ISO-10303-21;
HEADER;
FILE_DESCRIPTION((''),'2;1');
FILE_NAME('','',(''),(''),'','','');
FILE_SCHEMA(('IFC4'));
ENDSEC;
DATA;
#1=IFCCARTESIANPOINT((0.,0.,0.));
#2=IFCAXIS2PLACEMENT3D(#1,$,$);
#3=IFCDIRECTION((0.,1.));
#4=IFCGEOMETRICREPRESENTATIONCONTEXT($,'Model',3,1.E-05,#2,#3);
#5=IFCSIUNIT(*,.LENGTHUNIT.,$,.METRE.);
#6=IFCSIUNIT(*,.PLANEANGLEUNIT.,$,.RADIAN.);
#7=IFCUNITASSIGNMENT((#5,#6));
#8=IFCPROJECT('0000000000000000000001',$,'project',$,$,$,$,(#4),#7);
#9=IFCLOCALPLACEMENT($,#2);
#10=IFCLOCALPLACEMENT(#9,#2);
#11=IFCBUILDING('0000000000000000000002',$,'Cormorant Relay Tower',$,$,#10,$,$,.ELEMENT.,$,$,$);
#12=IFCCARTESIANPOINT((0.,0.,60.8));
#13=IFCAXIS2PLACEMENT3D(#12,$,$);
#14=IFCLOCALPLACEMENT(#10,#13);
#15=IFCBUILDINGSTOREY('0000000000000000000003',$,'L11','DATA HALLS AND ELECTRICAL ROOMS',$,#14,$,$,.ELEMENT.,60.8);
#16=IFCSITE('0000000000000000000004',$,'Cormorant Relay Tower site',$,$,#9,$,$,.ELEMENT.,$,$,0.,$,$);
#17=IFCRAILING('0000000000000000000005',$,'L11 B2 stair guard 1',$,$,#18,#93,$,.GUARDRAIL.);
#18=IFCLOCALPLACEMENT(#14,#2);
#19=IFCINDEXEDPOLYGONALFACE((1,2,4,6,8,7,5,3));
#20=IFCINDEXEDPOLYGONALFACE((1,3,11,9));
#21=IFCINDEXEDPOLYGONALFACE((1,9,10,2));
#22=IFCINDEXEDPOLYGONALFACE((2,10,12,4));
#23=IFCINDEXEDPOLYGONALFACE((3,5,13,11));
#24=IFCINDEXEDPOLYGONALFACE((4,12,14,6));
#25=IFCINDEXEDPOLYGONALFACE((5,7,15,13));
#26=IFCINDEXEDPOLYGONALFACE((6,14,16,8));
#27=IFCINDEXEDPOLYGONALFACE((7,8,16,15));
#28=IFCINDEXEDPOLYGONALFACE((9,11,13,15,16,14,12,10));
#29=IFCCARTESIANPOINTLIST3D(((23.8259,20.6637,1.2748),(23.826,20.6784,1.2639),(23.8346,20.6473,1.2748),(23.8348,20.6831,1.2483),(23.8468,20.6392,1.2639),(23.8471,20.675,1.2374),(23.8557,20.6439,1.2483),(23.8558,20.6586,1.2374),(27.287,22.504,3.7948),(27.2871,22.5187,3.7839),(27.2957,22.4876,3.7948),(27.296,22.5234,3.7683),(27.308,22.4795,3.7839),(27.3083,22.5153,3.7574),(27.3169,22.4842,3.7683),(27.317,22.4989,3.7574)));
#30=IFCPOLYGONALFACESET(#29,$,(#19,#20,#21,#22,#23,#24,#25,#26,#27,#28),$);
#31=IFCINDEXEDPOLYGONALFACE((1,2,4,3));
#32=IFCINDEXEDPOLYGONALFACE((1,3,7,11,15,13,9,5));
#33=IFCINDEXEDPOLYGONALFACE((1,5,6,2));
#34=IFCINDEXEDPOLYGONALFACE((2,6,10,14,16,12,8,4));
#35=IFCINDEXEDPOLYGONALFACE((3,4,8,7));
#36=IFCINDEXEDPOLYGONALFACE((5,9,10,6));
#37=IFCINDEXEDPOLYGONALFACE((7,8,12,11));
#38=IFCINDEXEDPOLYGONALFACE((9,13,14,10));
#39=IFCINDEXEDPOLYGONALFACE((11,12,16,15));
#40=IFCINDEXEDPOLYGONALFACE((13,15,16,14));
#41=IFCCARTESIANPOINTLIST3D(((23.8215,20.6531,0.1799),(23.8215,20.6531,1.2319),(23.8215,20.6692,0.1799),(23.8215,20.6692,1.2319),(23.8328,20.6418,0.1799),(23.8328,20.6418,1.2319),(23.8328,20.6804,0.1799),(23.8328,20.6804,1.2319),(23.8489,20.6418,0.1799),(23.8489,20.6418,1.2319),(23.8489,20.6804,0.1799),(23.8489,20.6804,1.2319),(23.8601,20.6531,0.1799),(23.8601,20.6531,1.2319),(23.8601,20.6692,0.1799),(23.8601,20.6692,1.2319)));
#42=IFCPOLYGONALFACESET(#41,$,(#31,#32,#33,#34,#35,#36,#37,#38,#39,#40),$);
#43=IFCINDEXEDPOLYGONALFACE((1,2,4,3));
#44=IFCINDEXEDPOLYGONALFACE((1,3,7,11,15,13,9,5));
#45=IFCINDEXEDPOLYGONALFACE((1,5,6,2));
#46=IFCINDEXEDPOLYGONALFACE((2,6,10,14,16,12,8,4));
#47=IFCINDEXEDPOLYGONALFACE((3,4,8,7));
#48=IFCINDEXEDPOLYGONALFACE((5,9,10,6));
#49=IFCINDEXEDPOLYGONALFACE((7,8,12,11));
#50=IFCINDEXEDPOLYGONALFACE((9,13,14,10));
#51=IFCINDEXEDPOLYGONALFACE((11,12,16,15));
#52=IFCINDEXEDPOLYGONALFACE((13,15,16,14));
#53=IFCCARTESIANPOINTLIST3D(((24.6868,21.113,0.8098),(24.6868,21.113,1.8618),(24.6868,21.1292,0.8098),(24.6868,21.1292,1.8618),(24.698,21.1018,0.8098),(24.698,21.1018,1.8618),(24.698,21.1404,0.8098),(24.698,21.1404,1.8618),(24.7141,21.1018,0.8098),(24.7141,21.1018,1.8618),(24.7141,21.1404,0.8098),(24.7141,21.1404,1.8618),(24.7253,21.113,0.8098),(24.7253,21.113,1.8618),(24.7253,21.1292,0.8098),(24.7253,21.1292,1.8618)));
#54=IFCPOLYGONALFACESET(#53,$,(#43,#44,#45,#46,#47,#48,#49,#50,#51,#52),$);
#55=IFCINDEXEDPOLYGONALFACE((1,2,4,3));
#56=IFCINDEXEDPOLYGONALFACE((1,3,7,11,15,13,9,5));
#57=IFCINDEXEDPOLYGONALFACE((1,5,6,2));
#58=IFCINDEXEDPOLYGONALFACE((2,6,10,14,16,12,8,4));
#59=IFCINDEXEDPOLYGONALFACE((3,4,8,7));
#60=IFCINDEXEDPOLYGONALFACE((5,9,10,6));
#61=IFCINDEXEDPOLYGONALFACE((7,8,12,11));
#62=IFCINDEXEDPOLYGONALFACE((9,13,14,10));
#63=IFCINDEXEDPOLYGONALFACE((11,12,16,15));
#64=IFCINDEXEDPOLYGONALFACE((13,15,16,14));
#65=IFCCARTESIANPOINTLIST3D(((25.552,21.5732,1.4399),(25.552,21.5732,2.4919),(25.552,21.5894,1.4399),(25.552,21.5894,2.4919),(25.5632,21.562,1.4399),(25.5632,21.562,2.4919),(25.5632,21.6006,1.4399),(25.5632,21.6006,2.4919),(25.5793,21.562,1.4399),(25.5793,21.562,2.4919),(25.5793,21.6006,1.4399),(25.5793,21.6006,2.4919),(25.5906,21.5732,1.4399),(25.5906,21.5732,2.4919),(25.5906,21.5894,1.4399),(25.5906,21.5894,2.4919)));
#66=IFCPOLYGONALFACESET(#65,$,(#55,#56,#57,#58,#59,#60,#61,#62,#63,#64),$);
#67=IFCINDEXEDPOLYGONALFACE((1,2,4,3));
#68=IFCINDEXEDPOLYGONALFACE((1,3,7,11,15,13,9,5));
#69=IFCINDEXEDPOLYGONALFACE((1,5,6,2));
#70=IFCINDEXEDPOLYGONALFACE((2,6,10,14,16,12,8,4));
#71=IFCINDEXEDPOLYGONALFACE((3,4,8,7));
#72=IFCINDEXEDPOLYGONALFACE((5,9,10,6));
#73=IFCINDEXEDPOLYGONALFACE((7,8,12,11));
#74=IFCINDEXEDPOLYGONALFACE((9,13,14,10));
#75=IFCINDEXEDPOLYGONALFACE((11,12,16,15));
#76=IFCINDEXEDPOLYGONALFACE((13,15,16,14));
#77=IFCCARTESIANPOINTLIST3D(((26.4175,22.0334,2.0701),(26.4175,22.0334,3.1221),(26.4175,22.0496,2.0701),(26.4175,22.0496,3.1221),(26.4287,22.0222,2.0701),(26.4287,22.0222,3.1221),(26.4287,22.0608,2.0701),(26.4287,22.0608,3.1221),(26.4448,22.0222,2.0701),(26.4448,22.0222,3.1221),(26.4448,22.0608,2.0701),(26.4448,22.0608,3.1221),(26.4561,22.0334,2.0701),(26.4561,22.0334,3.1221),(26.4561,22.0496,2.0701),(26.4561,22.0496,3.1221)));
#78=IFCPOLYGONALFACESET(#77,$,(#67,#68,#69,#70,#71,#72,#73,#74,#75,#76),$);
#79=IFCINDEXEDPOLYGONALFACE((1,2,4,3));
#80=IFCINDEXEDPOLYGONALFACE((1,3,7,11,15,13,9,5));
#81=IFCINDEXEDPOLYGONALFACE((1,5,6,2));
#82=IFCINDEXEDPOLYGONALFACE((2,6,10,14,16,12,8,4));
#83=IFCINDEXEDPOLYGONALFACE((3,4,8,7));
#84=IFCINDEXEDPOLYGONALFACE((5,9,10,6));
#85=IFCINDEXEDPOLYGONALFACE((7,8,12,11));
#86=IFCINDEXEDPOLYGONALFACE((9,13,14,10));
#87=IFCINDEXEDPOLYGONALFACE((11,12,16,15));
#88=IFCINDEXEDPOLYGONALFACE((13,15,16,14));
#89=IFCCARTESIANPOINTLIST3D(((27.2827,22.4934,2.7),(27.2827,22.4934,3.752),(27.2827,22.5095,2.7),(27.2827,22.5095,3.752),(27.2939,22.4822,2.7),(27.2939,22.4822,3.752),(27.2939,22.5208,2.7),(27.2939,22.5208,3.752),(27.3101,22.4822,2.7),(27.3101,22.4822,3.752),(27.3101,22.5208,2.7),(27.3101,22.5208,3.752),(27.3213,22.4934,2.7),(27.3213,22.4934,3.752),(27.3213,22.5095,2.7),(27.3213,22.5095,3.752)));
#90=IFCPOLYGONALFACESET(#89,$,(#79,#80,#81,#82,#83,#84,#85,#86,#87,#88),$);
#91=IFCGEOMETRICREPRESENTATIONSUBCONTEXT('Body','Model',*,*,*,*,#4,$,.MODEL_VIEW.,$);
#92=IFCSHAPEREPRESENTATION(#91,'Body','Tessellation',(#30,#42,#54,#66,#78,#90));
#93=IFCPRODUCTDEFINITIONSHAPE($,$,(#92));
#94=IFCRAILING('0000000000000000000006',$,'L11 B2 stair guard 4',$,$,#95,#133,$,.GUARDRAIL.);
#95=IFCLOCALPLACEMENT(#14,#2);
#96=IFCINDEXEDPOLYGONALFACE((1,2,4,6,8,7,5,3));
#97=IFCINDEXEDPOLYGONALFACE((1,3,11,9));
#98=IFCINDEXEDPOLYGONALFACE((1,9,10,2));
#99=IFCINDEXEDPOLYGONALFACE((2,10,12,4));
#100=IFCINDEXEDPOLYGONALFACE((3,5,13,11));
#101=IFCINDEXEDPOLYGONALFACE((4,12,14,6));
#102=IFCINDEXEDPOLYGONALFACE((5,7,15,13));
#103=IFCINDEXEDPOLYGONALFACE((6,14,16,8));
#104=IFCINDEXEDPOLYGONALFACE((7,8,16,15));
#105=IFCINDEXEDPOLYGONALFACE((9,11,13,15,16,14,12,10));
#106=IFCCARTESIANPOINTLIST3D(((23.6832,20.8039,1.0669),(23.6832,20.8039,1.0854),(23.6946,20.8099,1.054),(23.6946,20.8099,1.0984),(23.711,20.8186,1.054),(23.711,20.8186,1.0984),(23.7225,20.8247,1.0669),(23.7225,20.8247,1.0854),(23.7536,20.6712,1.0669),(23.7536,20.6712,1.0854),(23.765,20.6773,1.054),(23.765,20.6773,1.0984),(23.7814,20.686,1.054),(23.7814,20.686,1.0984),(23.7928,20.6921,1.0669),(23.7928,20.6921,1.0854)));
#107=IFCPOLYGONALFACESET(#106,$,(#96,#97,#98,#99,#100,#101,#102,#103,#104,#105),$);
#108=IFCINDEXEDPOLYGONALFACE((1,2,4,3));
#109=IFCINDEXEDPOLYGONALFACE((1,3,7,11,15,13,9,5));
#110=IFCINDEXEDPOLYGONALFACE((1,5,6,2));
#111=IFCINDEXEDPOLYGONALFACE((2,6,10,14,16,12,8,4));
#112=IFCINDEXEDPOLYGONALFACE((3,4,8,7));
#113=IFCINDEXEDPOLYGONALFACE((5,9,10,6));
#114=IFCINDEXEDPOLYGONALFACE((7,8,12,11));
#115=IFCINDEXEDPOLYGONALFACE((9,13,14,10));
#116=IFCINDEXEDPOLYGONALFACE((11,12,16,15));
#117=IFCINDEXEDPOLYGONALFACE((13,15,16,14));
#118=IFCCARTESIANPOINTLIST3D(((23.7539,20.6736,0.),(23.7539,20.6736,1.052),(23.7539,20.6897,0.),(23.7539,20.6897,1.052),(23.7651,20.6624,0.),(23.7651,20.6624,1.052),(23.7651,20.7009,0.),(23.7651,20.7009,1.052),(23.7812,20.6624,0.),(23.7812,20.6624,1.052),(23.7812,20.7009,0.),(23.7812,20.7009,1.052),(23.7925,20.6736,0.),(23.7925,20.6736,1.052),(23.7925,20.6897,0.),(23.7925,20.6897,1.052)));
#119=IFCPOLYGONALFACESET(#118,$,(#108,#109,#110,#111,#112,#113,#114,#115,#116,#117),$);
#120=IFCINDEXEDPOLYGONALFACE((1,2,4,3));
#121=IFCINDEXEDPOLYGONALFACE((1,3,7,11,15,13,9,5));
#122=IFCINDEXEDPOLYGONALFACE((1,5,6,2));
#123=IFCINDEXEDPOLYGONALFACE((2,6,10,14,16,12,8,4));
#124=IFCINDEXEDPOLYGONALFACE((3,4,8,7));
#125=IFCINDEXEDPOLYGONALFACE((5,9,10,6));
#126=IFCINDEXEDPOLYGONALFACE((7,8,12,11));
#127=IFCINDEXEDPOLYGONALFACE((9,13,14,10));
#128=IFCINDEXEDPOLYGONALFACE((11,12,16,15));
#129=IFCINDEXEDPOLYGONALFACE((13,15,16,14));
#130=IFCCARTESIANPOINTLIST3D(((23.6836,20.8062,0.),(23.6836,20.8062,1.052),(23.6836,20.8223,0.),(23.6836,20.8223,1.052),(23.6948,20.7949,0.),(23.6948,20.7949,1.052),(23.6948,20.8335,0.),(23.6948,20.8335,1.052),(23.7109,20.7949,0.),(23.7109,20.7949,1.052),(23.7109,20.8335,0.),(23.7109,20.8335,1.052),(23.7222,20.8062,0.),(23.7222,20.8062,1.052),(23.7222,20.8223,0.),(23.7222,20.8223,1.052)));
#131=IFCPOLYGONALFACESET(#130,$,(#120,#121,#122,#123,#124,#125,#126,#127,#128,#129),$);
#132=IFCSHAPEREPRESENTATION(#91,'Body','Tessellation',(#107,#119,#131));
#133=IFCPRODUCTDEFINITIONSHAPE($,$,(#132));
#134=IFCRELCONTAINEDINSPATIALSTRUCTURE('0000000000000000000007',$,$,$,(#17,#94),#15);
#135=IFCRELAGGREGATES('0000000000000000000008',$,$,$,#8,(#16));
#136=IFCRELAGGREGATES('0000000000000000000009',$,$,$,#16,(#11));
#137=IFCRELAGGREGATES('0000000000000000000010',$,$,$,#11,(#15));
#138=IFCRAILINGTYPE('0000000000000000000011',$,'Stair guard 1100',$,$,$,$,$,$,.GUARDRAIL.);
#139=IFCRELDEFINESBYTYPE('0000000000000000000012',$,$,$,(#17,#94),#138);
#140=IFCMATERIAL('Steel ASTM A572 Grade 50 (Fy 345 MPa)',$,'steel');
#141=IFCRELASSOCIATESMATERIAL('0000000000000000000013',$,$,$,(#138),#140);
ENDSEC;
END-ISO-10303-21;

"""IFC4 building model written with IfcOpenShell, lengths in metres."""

from ifc_helpers import new_model, si_unit, direction, frame, origin, place, context, subcontext, project, spatial, polyline, outline, extrude, material, type_object, element, save


model = new_model("IFC4")

# Units and contexts
model_context = context("Model", 3, precision=1e-05, world=origin(), true_north=direction((0.0, 1.0)))
body_context = subcontext(model_context, "Body", "Model", "MODEL_VIEW")
ifc_project = project(units=[si_unit("LENGTHUNIT", "METRE"), si_unit("PLANEANGLEUNIT", "RADIAN")], contexts=[model_context])

# Site, building, storey
site_placement = place(None, origin())
site = spatial("IfcSite", under=ifc_project, at=site_placement, Name="Cormorant Relay Tower site", CompositionType="ELEMENT", RefElevation=0.0)
building_placement = place(site_placement, origin())
building = spatial("IfcBuilding", under=site, at=building_placement, Name="Cormorant Relay Tower", CompositionType="ELEMENT")
storey_placement = place(building_placement, frame((0.0, 0.0, 60.8)))
storey = spatial("IfcBuildingStorey", under=building, at=storey_placement, Name="L11", Description="DATA HALLS AND ELECTRICAL ROOMS", CompositionType="ELEMENT", Elevation=60.8)

# Railings
ifc_material_1 = material(Name="Steel ASTM A572 Grade 50 (Fy 345 MPa)", Category="steel")
railing_type_1 = type_object("IfcRailingType", Name="Stair guard 1100", PredefinedType="GUARDRAIL", material=ifc_material_1)
railing_1_placement = place(storey_placement, frame((23.8408, 20.6611, 0.1799)))
element("IfcRailing", 1, at=railing_1_placement, inside=storey, type_object=railing_type_1, Name="L11 B2 stair guard 1", PredefinedType="GUARDRAIL", context=body_context, shape_type="SweptSolid", body=[
    extrude(outline(polyline([(0.0222, 0.0093), (0.0093, 0.0222), (-0.0093, 0.0222), (-0.0222, 0.0093), (-0.0222, -0.0093), (-0.0093, -0.0222), (0.0093, -0.0222), (0.0222, -0.0093), (0.0222, 0.0093)])), frame((0.0, 0.0, 1.0762), z_axis=(0.742717, 0.394907, 0.540758), x_axis=(-0.469469, 0.882949, 0.0)), (0.0, 0.0, 1.0), 4.6602),
    extrude(outline(polyline([(0.0193, 0.0081), (0.0081, 0.0193), (-0.0081, 0.0193), (-0.0193, 0.0081), (-0.0193, -0.0081), (-0.0081, -0.0193), (0.0081, -0.0193), (0.0193, -0.0081), (0.0193, 0.0081)])), origin(), (0.0, 0.0, 1.0), 1.052),
    extrude(outline(polyline([(0.0193, 0.0081), (0.0081, 0.0193), (-0.0081, 0.0193), (-0.0193, 0.0081), (-0.0193, -0.0081), (-0.0081, -0.0193), (0.0081, -0.0193), (0.0193, -0.0081), (0.0193, 0.0081)])), frame((0.8652, 0.46, 0.6299)), (0.0, 0.0, 1.0), 1.052),
    extrude(outline(polyline([(0.0193, 0.0081), (0.0081, 0.0193), (-0.0081, 0.0193), (-0.0193, 0.0081), (-0.0193, -0.0081), (-0.0081, -0.0193), (0.0081, -0.0193), (0.0193, -0.0081), (0.0193, 0.0081)])), frame((1.7305, 0.9202, 1.26)), (0.0, 0.0, 1.0), 1.052),
    extrude(outline(polyline([(0.0193, 0.0081), (0.0081, 0.0193), (-0.0081, 0.0193), (-0.0193, 0.0081), (-0.0193, -0.0081), (-0.0081, -0.0193), (0.0081, -0.0193), (0.0193, -0.0081), (0.0193, 0.0081)])), frame((2.5959, 1.3804, 1.8901)), (0.0, 0.0, 1.0), 1.052),
    extrude(outline(polyline([(0.0193, 0.0081), (0.0081, 0.0193), (-0.0081, 0.0193), (-0.0193, 0.0081), (-0.0193, -0.0081), (-0.0081, -0.0193), (0.0081, -0.0193), (0.0193, -0.0081), (0.0193, 0.0081)])), frame((3.4612, 1.8403, 2.52)), (0.0, 0.0, 1.0), 1.052),
])
railing_2_placement = place(storey_placement, frame((23.7732, 20.6816, 0.0)))
element("IfcRailing", 2, at=railing_2_placement, inside=storey, type_object=railing_type_1, Name="L11 B2 stair guard 4", PredefinedType="GUARDRAIL", context=body_context, shape_type="SweptSolid", body=[
    extrude(outline(polyline([(0.0222, 0.0093), (0.0093, 0.0222), (-0.0093, 0.0222), (-0.0222, 0.0093), (-0.0222, -0.0093), (-0.0093, -0.0222), (0.0093, -0.0222), (0.0222, -0.0093), (0.0222, 0.0093)])), frame((0.0, 0.0, 1.0762), z_axis=(-0.46856, 0.883431, 0.0), x_axis=(-0.883431, -0.46856, 0.0)), (0.0, 0.0, 1.0), 0.1501),
    extrude(outline(polyline([(0.0193, 0.0081), (0.0081, 0.0193), (-0.0081, 0.0193), (-0.0193, 0.0081), (-0.0193, -0.0081), (-0.0081, -0.0193), (0.0081, -0.0193), (0.0193, -0.0081), (0.0193, 0.0081)])), origin(), (0.0, 0.0, 1.0), 1.052),
    extrude(outline(polyline([(0.0193, 0.0081), (0.0081, 0.0193), (-0.0081, 0.0193), (-0.0193, 0.0081), (-0.0193, -0.0081), (-0.0081, -0.0193), (0.0081, -0.0193), (0.0193, -0.0081), (0.0193, 0.0081)])), frame((-0.0703, 0.1326, 0.0)), (0.0, 0.0, 1.0), 1.052),
])

save(model, "model.ifc")
